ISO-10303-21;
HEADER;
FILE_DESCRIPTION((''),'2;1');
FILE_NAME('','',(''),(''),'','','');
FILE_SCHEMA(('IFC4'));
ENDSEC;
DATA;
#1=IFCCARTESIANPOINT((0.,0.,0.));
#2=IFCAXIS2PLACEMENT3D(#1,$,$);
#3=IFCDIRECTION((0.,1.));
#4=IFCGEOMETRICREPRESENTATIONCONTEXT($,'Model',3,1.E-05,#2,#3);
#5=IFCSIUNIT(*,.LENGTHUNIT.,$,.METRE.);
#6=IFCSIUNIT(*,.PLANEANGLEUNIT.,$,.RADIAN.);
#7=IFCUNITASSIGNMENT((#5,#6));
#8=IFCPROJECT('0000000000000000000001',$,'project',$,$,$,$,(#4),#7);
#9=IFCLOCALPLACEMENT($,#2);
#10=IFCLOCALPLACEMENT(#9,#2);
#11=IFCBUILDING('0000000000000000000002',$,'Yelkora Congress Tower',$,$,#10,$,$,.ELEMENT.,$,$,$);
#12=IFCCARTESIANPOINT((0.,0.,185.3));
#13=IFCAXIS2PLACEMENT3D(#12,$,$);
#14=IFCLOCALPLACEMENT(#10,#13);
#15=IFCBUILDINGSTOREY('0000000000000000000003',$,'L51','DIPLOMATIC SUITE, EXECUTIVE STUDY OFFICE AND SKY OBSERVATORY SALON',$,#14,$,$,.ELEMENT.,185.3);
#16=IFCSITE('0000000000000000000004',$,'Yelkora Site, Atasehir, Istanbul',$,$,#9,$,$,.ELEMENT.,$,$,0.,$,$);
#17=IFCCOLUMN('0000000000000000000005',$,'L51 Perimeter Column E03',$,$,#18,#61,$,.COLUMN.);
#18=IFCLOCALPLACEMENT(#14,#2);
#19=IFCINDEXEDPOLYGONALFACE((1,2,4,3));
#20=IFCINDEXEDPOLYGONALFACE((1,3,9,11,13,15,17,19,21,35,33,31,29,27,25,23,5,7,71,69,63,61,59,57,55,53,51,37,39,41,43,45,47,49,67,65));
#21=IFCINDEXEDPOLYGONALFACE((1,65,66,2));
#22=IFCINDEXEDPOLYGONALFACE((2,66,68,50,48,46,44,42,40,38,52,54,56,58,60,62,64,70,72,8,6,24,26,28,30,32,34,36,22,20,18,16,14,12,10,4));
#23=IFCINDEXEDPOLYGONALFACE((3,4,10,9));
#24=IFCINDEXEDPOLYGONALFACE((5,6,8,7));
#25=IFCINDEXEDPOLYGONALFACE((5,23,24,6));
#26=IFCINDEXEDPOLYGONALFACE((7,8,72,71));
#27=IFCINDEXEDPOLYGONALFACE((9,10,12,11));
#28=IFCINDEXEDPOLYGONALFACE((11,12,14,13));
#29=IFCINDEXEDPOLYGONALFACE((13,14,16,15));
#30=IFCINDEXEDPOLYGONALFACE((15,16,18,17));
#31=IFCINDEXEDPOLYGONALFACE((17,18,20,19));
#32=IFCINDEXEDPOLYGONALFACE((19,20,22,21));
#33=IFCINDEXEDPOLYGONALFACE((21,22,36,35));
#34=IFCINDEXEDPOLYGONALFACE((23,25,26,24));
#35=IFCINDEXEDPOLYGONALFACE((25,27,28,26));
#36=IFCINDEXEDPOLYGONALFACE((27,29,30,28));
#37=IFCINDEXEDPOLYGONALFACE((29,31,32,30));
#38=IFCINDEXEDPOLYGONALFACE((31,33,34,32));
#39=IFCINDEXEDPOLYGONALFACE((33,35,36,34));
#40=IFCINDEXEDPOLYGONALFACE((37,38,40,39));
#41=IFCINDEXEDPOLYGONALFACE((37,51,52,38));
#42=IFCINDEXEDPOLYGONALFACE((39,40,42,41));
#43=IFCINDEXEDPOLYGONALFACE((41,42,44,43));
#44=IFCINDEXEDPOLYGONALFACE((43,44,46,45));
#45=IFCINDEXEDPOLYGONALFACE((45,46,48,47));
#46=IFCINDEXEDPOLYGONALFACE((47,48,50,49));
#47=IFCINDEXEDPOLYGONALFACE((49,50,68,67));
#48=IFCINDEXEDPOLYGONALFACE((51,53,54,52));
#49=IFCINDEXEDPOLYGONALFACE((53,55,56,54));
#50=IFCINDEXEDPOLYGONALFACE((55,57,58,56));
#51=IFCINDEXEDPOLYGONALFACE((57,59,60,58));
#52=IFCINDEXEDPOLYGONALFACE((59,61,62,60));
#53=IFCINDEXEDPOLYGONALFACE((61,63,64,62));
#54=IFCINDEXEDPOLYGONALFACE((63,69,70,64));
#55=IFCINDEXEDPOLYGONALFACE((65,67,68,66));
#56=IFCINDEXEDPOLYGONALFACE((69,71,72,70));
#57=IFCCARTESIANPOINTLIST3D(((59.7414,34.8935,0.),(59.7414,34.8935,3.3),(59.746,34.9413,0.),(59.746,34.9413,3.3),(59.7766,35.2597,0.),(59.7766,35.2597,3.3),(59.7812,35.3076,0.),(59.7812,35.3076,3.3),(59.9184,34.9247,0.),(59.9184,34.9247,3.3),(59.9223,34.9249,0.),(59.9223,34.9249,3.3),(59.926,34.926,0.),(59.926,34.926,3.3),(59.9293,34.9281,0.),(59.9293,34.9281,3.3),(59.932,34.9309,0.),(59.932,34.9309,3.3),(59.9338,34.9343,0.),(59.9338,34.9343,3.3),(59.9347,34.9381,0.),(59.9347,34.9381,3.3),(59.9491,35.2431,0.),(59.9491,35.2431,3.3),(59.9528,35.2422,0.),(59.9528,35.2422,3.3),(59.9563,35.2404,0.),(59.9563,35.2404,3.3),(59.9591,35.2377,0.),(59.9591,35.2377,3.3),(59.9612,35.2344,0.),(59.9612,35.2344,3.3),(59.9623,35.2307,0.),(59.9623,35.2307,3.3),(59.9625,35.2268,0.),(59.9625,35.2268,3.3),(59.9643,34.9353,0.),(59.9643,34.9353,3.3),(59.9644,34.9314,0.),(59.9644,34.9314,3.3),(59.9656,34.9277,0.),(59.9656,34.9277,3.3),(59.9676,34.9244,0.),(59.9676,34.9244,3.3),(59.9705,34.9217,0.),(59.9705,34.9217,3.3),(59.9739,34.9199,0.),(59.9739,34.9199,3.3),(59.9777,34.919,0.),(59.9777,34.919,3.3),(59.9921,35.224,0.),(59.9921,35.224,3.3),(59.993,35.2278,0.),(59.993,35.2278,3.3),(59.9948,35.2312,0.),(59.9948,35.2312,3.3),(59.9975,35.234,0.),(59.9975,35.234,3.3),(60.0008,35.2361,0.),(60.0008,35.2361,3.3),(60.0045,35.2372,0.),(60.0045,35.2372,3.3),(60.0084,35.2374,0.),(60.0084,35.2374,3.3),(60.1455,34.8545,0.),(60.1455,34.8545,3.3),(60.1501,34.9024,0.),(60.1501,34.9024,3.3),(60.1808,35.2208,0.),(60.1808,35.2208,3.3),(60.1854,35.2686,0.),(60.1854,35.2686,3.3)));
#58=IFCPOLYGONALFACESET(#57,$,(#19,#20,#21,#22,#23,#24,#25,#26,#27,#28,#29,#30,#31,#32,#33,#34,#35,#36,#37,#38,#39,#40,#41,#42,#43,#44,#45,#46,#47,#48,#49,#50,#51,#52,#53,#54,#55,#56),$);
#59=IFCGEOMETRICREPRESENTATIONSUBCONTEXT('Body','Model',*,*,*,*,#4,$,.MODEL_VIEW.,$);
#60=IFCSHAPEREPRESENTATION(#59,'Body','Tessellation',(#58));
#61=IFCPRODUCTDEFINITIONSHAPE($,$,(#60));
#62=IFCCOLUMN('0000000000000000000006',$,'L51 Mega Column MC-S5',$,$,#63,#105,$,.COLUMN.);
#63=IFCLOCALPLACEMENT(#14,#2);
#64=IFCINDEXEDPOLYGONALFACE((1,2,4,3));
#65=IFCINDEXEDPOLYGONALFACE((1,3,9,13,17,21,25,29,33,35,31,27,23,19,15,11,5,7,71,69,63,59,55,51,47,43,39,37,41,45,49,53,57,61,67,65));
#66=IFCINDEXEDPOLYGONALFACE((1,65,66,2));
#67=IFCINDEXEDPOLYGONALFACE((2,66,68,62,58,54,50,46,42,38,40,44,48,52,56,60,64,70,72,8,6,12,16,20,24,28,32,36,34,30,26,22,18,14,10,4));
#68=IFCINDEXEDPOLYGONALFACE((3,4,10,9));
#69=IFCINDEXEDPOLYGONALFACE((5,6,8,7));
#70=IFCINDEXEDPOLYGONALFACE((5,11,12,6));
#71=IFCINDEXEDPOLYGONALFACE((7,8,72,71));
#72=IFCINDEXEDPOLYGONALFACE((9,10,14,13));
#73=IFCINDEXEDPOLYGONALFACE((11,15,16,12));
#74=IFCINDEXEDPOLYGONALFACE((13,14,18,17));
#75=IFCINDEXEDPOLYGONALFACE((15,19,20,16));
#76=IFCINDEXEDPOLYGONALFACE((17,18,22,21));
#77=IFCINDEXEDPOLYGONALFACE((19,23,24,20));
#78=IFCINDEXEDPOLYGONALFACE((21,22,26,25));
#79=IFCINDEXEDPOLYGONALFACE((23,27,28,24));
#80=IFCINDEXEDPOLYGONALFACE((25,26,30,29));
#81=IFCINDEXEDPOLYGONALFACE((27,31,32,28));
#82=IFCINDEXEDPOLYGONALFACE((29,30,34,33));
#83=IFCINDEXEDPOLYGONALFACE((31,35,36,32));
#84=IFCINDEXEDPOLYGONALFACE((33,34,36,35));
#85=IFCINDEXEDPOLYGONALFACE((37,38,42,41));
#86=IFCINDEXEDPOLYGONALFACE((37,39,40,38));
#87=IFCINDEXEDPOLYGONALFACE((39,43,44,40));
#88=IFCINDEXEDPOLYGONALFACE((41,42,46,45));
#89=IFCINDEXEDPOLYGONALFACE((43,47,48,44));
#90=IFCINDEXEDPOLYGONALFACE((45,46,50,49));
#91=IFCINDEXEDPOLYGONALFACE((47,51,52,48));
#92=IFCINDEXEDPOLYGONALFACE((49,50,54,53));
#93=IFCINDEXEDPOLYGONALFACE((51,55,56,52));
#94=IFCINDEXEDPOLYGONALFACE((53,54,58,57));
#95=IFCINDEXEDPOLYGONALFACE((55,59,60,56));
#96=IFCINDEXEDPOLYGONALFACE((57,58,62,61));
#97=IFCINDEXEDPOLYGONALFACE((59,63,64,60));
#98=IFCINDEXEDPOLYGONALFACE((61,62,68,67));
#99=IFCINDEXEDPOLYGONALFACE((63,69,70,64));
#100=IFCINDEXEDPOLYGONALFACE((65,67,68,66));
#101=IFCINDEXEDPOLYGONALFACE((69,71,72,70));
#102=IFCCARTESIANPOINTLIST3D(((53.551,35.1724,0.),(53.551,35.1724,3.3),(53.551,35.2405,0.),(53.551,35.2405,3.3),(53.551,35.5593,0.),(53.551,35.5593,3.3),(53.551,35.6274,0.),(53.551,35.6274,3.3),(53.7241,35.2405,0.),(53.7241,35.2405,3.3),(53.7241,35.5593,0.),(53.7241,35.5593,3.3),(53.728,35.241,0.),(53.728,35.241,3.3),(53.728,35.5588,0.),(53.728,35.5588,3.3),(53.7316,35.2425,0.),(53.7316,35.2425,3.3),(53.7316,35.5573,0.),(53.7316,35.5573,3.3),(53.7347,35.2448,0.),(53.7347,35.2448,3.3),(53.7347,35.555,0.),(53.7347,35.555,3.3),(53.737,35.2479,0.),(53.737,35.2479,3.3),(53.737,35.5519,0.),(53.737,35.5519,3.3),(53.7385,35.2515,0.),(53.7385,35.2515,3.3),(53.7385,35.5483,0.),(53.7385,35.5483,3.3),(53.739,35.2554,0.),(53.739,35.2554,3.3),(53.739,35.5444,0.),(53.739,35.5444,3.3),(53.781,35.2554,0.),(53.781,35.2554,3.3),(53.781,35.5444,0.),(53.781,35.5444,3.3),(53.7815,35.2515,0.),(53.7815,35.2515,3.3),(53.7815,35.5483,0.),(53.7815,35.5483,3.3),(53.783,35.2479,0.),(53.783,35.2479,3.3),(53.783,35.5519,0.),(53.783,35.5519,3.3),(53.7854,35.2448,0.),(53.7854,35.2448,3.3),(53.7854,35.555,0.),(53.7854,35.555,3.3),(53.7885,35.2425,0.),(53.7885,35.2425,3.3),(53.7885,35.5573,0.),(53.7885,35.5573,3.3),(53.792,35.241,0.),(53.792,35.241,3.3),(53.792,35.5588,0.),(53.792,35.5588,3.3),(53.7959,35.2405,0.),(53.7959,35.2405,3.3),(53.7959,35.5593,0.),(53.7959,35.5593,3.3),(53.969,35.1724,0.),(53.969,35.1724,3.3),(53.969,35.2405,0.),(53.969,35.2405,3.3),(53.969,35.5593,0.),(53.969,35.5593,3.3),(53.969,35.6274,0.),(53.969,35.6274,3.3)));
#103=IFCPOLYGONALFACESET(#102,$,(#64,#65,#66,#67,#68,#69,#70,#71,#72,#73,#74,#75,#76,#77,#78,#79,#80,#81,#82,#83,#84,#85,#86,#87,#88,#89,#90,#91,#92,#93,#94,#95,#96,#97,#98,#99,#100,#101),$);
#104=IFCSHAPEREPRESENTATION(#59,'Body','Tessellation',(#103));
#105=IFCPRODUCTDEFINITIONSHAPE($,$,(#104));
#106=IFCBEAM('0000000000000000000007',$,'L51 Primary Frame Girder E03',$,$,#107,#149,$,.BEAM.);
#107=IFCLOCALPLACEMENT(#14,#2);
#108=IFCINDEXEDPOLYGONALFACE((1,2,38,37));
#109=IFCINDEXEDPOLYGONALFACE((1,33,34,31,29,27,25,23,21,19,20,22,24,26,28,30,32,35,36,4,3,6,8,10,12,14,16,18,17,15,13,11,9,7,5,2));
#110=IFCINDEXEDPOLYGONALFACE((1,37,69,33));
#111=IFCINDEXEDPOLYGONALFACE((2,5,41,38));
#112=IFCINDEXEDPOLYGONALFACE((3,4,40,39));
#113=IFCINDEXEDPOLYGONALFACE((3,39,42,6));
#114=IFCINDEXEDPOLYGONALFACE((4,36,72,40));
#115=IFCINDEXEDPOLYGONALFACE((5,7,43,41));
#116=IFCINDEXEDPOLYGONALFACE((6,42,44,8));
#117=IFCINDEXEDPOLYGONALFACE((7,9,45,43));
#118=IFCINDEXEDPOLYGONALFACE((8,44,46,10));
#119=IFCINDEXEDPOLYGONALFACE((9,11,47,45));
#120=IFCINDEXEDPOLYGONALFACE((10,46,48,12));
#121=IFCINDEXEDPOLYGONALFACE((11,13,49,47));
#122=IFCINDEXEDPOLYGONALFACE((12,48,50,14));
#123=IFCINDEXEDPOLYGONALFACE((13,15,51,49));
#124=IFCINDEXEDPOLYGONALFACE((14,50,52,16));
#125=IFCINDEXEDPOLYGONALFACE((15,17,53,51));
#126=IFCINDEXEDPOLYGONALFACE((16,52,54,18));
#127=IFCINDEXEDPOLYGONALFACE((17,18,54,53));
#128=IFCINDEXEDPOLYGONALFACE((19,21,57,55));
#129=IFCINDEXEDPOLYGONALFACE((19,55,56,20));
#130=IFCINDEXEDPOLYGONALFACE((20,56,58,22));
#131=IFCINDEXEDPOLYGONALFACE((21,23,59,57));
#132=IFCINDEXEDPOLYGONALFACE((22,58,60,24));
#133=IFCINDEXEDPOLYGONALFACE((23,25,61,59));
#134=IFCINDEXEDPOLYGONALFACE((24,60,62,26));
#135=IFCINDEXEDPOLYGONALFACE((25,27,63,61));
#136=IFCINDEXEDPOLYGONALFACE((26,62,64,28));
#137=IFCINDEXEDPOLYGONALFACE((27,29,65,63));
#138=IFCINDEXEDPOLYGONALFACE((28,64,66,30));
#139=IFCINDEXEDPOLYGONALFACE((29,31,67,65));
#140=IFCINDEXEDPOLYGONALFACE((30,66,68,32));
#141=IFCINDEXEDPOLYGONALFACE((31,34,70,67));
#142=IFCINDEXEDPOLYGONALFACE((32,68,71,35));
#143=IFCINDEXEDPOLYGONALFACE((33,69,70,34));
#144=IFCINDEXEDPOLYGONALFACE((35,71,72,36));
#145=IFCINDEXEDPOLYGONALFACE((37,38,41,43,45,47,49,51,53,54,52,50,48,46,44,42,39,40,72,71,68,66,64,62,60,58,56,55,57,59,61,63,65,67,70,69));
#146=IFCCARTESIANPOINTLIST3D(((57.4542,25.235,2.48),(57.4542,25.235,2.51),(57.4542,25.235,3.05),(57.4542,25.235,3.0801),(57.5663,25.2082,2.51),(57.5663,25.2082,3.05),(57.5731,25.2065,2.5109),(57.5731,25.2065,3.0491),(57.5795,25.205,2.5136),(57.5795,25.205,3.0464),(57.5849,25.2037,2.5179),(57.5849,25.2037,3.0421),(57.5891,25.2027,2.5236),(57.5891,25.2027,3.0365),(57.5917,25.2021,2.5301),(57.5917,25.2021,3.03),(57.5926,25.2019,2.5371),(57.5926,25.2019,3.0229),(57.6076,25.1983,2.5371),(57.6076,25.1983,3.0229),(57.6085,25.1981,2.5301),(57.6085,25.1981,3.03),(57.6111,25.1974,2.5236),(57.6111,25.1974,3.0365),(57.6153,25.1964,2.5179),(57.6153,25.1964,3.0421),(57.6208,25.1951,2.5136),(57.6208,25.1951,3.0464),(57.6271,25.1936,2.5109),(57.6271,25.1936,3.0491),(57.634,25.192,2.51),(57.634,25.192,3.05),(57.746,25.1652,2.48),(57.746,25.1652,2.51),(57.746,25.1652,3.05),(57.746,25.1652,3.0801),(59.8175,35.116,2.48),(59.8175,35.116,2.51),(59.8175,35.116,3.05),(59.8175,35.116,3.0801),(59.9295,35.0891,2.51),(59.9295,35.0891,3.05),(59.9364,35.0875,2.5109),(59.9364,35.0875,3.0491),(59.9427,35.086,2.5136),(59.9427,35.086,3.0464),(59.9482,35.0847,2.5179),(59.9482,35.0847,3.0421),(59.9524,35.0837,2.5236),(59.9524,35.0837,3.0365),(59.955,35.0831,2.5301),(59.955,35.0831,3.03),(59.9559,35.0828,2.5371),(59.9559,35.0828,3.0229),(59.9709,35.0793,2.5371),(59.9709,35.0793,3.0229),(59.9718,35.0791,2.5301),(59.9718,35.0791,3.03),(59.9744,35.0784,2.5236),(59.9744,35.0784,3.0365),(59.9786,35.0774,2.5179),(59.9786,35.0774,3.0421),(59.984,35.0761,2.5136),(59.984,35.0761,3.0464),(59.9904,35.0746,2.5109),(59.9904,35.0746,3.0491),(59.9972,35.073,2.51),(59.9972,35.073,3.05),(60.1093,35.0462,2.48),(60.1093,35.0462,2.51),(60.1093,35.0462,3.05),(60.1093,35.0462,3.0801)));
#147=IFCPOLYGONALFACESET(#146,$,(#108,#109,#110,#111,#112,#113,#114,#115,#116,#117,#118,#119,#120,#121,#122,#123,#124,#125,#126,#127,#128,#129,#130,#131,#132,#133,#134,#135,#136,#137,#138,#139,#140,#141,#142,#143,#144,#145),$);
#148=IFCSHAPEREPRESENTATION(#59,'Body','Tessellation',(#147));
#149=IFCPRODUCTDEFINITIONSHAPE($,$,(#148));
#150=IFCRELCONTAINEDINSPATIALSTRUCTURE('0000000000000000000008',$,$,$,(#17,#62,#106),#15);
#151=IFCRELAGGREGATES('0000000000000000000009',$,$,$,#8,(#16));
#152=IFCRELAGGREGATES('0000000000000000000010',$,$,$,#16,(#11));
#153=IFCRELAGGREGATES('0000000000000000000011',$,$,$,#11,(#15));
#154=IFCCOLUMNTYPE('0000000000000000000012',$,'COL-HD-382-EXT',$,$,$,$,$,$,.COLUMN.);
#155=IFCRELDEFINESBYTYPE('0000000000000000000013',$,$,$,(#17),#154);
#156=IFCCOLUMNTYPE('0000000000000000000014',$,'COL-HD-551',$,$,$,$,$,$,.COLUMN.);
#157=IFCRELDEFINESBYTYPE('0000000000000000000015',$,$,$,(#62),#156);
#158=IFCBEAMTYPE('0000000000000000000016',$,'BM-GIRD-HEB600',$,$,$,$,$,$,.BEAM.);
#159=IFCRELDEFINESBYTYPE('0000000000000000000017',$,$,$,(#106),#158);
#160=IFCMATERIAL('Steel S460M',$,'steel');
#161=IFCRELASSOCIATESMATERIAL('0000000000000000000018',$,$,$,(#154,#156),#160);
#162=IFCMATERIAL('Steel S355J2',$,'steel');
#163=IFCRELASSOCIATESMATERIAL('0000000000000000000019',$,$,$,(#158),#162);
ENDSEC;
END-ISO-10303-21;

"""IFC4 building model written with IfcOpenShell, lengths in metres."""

from ifc_helpers import new_model, si_unit, direction, frame, origin, origin_2d, place, context, subcontext, project, spatial, i_section, extrude, material, material_profile, profile_set, type_object, element, save


model = new_model("IFC4")

# Units and contexts
model_context = context("Model", 3, precision=1e-05, world=origin(), true_north=direction((0.0, 1.0)))
body_context = subcontext(model_context, "Body", "Model", "MODEL_VIEW")
ifc_project = project(units=[si_unit("LENGTHUNIT", "METRE"), si_unit("PLANEANGLEUNIT", "RADIAN")], contexts=[model_context])

# Site, building, storey
site_placement = place(None, origin())
site = spatial("IfcSite", under=ifc_project, at=site_placement, Name="Yelkora Site, Atasehir, Istanbul", CompositionType="ELEMENT", RefElevation=0.0)
building_placement = place(site_placement, origin())
building = spatial("IfcBuilding", under=site, at=building_placement, Name="Yelkora Congress Tower", CompositionType="ELEMENT")
storey_placement = place(building_placement, frame((0.0, 0.0, 185.3)))
storey = spatial("IfcBuildingStorey", under=building, at=storey_placement, Name="L51", Description="DIPLOMATIC SUITE, EXECUTIVE STUDY OFFICE AND SKY OBSERVATORY SALON", CompositionType="ELEMENT", Elevation=185.3)

# Columns
ifc_material_1 = material(Name="Steel S460M", Category="steel")
ifc_material_profile_1 = material_profile(ifc_material_1, i_section(OverallWidth=0.406, OverallDepth=0.416, WebThickness=0.0298, FlangeThickness=0.0481, FilletRadius=0.0149, at=origin_2d()), Name="HD 400x382")
ifc_profile_set_1 = profile_set([ifc_material_profile_1], Name="Steel S460M")
column_type_1 = type_object("IfcColumnType", Name="COL-HD-382-EXT", PredefinedType="COLUMN", material=ifc_profile_set_1)
column_1_placement = place(storey_placement, frame((59.9634, 35.0811, 0.0), z_axis=(0.0, 0.0, 1.0), x_axis=(0.995396, -0.095846, 0.0)))
element("IfcColumn", 1, at=column_1_placement, inside=storey, type_object=column_type_1, Name="L51 Perimeter Column E03", PredefinedType="COLUMN", context=body_context, shape_type="SweptSolid", body=[
    extrude(i_section(OverallWidth=0.406, OverallDepth=0.416, WebThickness=0.0298, FlangeThickness=0.0481, FilletRadius=0.0149, at=origin_2d()), origin(), (0.0, 0.0, 1.0), 3.3),
])
ifc_material_profile_2 = material_profile(ifc_material_1, i_section(OverallWidth=0.418, OverallDepth=0.4551, WebThickness=0.042, FlangeThickness=0.0681, FilletRadius=0.0149, at=origin_2d()), Name="HD 400x551")
ifc_profile_set_2 = profile_set([ifc_material_profile_2], Name="Steel S460M")
column_type_2 = type_object("IfcColumnType", Name="COL-HD-551", PredefinedType="COLUMN", material=ifc_profile_set_2)
column_2_placement = place(storey_placement, frame((53.76, 35.3999, 0.0), z_axis=(0.0, 0.0, 1.0), x_axis=(1.0, 0.0, 0.0)))
element("IfcColumn", 2, at=column_2_placement, inside=storey, type_object=column_type_2, Name="L51 Mega Column MC-S5", PredefinedType="COLUMN", context=body_context, shape_type="SweptSolid", body=[
    extrude(i_section(OverallWidth=0.418, OverallDepth=0.4551, WebThickness=0.042, FlangeThickness=0.0681, FilletRadius=0.0149, at=origin_2d()), origin(), (0.0, 0.0, 1.0), 3.3),
])

# Beam
ifc_material_2 = material(Name="Steel S355J2", Category="steel")
ifc_material_profile_3 = material_profile(ifc_material_2, i_section(OverallWidth=0.3, OverallDepth=0.6001, WebThickness=0.0154, FlangeThickness=0.03, FilletRadius=0.0271, at=origin_2d()), Name="HEB 600")
ifc_profile_set_3 = profile_set([ifc_material_profile_3], Name="Steel S355J2")
beam_type_1 = type_object("IfcBeamType", Name="BM-GIRD-HEB600", PredefinedType="BEAM", material=ifc_profile_set_3)
beam_1_placement = place(storey_placement, frame((59.9634, 35.0811, 2.78), z_axis=(-0.232611, -0.97257, 0.0), x_axis=(0.97257, -0.232611, 0.0)))
element("IfcBeam", 3, at=beam_1_placement, inside=storey, type_object=beam_type_1, Name="L51 Primary Frame Girder E03", PredefinedType="BEAM", context=body_context, shape_type="SweptSolid", body=[
    extrude(i_section(OverallWidth=0.3, OverallDepth=0.6001, WebThickness=0.0154, FlangeThickness=0.03, FilletRadius=0.0271, at=origin_2d()), origin(), (0.0, 0.0, 1.0), 10.1597),
])

save(model, "model.ifc")
